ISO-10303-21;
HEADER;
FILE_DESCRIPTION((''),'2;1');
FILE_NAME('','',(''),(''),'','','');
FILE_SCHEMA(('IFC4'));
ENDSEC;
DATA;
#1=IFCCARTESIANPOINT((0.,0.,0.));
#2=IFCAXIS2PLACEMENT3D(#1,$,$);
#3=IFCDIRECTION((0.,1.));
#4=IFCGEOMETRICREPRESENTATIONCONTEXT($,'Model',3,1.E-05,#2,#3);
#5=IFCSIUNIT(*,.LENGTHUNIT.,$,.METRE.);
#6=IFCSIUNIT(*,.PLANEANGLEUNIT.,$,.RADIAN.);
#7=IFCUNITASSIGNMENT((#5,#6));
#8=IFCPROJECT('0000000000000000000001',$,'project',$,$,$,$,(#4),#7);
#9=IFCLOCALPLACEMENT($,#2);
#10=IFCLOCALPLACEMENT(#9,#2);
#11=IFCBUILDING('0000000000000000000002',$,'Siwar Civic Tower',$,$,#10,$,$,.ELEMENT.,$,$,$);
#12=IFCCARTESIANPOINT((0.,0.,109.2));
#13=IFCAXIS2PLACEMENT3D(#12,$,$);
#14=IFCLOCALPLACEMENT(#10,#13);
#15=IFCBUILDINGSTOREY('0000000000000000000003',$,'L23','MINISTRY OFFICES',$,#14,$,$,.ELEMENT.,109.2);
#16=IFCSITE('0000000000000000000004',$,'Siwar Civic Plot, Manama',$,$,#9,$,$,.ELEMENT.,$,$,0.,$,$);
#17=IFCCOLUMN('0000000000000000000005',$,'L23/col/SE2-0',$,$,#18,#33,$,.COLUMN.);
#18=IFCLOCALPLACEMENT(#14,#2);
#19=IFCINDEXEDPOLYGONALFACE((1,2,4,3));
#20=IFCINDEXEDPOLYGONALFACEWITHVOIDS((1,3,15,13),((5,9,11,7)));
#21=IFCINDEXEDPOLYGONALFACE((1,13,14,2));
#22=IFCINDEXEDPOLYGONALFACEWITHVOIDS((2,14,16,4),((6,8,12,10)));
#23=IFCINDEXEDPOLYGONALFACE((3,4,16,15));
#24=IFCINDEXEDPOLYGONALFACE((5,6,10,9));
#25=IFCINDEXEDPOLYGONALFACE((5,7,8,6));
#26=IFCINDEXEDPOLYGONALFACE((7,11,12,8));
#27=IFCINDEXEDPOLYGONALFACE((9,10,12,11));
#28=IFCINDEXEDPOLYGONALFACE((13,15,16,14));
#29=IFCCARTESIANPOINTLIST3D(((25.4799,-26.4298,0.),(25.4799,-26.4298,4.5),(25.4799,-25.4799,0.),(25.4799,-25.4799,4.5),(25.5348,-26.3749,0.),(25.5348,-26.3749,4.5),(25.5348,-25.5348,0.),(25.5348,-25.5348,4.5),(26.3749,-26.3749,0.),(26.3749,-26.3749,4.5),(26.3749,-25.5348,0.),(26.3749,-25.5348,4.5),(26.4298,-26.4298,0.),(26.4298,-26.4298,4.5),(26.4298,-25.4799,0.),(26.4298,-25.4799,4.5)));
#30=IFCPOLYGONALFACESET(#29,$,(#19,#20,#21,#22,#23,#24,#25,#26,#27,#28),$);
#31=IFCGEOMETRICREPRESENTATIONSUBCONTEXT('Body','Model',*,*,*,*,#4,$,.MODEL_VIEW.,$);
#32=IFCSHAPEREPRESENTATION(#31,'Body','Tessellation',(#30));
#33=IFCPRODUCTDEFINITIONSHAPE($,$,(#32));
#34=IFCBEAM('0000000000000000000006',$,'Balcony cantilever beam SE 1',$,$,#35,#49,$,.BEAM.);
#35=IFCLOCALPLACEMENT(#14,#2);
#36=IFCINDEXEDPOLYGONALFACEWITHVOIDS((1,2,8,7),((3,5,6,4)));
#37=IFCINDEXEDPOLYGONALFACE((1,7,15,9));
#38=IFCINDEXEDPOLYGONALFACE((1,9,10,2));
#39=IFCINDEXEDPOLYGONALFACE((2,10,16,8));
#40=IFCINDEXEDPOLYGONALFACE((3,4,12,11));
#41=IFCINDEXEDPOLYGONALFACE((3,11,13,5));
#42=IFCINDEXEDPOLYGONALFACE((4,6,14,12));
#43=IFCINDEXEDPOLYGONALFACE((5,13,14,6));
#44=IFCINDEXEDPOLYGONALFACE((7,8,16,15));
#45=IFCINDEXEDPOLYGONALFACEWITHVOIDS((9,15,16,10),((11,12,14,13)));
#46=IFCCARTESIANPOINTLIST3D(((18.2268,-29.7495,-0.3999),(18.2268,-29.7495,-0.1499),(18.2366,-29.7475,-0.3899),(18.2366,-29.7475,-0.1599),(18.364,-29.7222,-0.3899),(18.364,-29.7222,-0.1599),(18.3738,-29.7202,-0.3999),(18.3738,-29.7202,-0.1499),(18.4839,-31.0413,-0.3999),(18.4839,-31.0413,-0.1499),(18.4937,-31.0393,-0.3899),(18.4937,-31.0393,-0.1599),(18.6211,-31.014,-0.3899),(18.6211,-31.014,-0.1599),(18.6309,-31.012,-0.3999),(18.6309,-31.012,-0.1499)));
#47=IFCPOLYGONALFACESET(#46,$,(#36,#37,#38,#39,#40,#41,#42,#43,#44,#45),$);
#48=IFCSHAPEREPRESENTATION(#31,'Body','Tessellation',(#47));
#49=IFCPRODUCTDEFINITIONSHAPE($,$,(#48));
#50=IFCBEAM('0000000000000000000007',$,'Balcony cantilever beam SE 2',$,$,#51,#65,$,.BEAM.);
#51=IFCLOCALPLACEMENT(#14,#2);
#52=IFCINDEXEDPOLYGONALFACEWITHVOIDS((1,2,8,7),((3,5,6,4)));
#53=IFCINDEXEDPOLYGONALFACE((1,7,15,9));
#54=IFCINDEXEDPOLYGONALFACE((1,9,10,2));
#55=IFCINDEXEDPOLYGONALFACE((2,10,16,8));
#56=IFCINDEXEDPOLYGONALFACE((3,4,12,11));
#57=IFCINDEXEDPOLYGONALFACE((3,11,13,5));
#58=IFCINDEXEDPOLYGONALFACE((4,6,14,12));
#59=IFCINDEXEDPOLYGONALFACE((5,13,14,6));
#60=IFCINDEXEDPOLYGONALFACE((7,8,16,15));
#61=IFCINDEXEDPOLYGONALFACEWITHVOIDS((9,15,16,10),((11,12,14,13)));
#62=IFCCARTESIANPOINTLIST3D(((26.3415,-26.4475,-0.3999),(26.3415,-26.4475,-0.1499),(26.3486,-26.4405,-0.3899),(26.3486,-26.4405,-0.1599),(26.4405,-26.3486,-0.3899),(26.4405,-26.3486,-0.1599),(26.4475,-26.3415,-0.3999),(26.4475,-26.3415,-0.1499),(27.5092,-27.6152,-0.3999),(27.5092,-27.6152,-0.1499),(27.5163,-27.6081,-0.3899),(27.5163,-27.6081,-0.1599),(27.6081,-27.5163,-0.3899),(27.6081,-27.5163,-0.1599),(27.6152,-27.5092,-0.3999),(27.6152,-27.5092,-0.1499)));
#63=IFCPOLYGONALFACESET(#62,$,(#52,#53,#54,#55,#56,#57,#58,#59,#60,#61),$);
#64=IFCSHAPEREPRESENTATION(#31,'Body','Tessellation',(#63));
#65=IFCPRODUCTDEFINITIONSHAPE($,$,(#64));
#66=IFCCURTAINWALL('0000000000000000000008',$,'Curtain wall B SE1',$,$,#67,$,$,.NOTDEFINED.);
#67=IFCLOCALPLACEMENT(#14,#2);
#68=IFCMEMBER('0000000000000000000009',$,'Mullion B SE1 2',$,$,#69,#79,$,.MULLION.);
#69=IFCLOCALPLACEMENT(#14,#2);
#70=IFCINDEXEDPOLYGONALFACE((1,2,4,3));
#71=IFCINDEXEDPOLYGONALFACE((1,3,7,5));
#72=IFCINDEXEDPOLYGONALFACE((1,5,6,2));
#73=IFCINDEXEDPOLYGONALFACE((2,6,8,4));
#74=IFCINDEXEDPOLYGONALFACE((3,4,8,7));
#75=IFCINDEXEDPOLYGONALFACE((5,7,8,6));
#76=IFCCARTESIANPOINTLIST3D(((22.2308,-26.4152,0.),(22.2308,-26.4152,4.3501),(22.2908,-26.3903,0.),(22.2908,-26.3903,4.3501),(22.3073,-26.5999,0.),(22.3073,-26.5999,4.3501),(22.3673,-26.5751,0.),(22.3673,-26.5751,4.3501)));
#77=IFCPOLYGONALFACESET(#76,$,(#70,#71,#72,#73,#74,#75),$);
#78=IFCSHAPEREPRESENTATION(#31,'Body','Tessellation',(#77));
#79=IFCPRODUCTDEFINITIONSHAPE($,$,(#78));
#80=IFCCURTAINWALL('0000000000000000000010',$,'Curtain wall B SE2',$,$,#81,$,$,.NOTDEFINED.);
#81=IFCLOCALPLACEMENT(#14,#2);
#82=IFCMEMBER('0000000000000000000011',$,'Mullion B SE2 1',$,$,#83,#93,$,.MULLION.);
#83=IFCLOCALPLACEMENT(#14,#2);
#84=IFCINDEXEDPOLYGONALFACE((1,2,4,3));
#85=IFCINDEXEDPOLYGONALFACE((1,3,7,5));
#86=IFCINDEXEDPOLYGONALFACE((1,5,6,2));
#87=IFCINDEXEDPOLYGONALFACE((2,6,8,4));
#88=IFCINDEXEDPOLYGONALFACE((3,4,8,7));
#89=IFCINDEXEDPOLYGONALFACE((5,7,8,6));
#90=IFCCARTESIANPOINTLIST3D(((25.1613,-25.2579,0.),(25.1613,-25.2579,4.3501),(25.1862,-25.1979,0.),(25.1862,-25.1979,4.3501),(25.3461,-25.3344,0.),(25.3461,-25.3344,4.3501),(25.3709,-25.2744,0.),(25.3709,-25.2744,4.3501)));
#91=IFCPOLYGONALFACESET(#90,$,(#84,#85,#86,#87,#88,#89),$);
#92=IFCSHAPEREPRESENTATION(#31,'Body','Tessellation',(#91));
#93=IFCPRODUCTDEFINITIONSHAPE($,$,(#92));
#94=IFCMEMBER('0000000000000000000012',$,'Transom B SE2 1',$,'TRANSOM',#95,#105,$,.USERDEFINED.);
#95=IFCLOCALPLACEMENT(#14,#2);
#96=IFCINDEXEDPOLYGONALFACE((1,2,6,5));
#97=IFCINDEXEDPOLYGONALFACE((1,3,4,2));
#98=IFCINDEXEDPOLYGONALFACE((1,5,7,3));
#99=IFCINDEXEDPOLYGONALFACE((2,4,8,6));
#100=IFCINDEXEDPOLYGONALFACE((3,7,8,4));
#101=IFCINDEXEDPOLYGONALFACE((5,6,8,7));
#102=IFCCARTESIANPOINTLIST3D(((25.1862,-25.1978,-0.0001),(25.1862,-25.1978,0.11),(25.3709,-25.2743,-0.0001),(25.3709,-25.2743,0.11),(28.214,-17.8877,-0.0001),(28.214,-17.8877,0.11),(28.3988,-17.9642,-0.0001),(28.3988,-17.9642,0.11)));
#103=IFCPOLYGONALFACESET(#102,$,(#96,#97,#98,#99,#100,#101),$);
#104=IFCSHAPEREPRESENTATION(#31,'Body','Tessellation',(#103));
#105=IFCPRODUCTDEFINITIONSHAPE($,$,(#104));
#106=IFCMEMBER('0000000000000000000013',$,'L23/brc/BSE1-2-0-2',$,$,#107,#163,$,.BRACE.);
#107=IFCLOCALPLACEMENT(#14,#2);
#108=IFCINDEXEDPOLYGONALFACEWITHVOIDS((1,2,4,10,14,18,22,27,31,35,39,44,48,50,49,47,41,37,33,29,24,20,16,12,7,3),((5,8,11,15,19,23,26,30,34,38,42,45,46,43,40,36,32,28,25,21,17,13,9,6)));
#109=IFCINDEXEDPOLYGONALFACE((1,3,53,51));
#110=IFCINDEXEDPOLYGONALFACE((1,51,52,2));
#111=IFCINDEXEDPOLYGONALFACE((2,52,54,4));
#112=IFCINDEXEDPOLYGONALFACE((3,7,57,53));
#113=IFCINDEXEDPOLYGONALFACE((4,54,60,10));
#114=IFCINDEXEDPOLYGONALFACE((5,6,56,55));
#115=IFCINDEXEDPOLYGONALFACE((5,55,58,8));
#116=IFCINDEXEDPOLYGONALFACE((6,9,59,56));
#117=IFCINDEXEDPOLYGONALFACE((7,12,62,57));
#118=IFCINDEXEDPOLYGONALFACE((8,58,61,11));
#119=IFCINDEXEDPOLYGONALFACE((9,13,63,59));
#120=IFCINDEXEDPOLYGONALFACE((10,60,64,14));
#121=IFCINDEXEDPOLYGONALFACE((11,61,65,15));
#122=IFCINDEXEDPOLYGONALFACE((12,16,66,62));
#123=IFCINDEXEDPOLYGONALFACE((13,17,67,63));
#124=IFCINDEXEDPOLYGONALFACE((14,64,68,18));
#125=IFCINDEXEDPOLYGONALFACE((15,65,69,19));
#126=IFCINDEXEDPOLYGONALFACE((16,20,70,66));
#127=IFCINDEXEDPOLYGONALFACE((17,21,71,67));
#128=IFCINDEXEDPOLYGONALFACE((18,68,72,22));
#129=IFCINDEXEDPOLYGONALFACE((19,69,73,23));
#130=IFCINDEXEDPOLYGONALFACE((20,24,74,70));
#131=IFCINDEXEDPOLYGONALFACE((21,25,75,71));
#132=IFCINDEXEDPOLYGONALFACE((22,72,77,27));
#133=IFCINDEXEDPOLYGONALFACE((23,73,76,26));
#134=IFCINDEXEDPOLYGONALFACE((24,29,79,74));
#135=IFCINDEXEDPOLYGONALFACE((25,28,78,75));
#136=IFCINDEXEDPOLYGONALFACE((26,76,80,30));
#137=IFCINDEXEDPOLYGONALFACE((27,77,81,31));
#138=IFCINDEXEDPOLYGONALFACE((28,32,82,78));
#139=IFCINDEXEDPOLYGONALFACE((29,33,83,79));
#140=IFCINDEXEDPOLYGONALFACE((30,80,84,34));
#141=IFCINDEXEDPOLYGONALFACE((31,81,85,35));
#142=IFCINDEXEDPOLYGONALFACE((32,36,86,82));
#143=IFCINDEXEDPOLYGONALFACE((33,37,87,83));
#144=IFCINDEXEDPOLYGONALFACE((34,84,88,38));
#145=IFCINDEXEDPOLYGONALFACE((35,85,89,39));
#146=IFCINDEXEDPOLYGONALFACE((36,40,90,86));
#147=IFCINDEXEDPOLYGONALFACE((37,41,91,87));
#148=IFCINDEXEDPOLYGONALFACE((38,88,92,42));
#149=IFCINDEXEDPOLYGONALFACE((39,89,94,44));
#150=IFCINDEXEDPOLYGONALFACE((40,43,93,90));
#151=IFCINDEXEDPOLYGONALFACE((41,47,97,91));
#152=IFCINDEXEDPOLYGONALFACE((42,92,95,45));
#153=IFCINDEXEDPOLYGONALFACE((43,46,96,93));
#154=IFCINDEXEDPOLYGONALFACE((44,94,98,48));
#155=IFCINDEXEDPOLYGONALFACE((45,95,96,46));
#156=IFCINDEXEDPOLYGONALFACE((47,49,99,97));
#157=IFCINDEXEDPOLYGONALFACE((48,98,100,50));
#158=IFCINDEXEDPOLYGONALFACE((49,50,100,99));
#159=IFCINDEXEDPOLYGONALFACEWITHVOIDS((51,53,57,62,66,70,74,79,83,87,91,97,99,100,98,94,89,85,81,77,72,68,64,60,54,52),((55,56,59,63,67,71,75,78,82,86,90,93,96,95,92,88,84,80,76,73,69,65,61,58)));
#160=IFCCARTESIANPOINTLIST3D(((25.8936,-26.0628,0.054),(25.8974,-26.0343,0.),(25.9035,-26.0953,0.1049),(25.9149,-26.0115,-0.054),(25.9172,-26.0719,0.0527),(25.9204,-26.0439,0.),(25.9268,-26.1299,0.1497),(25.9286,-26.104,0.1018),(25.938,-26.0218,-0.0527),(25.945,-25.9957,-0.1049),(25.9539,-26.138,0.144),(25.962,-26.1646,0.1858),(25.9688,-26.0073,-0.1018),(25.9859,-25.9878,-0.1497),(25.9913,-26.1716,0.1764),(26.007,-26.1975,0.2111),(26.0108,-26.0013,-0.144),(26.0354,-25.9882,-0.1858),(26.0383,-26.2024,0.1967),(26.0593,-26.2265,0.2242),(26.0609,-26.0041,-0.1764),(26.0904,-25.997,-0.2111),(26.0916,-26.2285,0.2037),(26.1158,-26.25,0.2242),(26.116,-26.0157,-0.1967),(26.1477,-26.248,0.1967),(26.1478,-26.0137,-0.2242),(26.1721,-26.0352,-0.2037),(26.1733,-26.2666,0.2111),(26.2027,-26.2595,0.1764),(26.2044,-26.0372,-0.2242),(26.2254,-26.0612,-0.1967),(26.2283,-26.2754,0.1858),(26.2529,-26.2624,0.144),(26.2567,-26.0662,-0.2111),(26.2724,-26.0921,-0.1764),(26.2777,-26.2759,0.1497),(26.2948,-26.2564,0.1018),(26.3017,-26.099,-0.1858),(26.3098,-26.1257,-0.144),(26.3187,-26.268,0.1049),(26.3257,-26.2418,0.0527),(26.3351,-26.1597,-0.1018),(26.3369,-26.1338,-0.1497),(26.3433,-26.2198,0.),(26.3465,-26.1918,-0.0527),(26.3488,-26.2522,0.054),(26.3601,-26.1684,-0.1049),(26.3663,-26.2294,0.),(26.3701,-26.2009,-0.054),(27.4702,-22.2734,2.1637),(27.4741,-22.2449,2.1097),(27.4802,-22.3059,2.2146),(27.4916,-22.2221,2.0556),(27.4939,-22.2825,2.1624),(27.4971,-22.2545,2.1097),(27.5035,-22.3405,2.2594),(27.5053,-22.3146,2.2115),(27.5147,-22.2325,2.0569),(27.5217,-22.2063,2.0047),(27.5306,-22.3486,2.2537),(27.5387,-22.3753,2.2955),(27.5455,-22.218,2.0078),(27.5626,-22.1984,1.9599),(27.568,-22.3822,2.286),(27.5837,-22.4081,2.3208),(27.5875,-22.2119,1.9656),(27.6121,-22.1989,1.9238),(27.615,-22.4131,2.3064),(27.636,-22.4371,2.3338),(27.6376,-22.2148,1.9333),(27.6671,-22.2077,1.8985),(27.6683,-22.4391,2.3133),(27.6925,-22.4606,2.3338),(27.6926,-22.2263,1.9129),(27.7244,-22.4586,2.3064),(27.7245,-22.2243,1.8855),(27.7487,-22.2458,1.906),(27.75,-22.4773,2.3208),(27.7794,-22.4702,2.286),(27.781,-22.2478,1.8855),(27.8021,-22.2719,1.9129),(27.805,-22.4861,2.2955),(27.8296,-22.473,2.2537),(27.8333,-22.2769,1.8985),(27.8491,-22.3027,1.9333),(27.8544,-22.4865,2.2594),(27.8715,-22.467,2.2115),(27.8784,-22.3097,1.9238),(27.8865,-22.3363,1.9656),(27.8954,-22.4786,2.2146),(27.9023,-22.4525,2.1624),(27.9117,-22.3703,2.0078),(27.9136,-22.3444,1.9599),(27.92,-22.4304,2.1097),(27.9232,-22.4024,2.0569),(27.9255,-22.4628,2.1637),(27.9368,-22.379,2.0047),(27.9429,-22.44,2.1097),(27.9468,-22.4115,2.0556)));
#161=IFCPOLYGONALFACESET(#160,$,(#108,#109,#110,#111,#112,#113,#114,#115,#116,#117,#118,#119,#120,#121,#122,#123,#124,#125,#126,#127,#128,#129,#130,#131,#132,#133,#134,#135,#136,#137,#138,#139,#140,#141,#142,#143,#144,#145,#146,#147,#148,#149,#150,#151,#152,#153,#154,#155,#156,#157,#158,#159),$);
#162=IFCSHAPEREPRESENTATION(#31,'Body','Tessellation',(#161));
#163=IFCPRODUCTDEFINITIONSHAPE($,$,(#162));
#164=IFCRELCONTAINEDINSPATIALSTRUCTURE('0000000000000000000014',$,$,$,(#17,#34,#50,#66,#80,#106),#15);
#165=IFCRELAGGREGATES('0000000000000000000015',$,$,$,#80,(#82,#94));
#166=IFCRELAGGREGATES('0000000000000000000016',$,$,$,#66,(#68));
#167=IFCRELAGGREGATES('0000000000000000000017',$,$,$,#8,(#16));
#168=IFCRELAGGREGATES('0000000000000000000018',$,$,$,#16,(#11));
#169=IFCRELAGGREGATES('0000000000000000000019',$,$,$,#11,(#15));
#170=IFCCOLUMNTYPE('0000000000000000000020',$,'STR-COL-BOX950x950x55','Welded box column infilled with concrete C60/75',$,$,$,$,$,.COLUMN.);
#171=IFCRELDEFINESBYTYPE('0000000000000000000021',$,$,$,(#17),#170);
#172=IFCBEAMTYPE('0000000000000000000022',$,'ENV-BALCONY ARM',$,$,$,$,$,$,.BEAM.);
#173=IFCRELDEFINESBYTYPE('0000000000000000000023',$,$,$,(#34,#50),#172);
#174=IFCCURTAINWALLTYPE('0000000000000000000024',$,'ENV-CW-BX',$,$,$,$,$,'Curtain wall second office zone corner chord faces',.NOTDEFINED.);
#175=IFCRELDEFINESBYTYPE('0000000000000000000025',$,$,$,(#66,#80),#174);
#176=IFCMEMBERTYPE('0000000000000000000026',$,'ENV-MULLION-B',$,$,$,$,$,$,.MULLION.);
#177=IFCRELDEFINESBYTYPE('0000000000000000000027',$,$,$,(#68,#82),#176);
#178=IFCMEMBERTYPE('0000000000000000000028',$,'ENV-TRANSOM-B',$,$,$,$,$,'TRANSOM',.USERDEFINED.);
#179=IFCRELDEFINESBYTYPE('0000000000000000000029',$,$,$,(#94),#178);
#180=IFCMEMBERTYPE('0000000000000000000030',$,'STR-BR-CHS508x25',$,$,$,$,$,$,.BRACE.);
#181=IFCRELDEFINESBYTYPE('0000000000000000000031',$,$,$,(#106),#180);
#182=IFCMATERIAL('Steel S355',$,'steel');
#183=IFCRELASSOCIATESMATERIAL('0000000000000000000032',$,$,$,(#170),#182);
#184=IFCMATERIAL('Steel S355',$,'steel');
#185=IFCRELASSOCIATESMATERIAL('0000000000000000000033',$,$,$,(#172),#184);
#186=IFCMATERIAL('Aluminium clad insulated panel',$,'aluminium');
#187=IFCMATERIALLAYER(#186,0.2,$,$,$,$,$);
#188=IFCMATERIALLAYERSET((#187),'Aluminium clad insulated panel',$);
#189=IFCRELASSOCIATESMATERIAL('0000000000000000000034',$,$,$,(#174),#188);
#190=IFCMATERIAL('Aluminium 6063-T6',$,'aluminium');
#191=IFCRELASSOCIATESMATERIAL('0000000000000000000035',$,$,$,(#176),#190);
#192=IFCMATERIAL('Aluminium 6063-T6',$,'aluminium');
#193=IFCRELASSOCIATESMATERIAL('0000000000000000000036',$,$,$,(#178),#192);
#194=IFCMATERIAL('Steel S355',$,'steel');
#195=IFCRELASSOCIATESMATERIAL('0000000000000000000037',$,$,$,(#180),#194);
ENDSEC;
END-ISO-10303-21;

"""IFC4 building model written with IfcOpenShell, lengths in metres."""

from ifc_helpers import new_model, si_unit, direction, frame, origin, origin_2d, place, context, subcontext, project, spatial, rectangle, hollow_rectangle, hollow_circle, extrude, material, layer, layer_set, material_profile, profile_set, type_object, element, aggregate, save


model = new_model("IFC4")

# Units and contexts
model_context = context("Model", 3, precision=1e-05, world=origin(), true_north=direction((0.0, 1.0)))
body_context = subcontext(model_context, "Body", "Model", "MODEL_VIEW")
ifc_project = project(units=[si_unit("LENGTHUNIT", "METRE"), si_unit("PLANEANGLEUNIT", "RADIAN")], contexts=[model_context])

# Site, building, storey
site_placement = place(None, origin())
site = spatial("IfcSite", under=ifc_project, at=site_placement, Name="Siwar Civic Plot, Manama", CompositionType="ELEMENT", RefElevation=0.0)
building_placement = place(site_placement, origin())
building = spatial("IfcBuilding", under=site, at=building_placement, Name="Siwar Civic Tower", CompositionType="ELEMENT")
storey_placement = place(building_placement, frame((0.0, 0.0, 109.2)))
storey = spatial("IfcBuildingStorey", under=building, at=storey_placement, Name="L23", Description="MINISTRY OFFICES", CompositionType="ELEMENT", Elevation=109.2)

# Column
ifc_material_1 = material(Name="Steel S355", Category="steel")
ifc_material_profile_1 = material_profile(ifc_material_1, hollow_rectangle(XDim=0.95, YDim=0.95, WallThickness=0.0549, at=origin_2d()), Name="BOX950x950x55")
ifc_profile_set_1 = profile_set([ifc_material_profile_1], Name="Steel S355")
column_type = type_object("IfcColumnType", Name="STR-COL-BOX950x950x55", Description="Welded box column infilled with concrete C60/75", PredefinedType="COLUMN", material=ifc_profile_set_1)
column_placement = place(storey_placement, frame((25.9548, -25.9548, 0.0), z_axis=(0.0, 0.0, 1.0), x_axis=(1.0, 0.0, 0.0)))
element("IfcColumn", 1, at=column_placement, inside=storey, type_object=column_type, Name="L23/col/SE2-0", PredefinedType="COLUMN", context=body_context, shape_type="SweptSolid", body=[
    extrude(hollow_rectangle(XDim=0.95, YDim=0.95, WallThickness=0.0549, at=origin_2d()), origin(), (0.0, 0.0, 1.0), 4.5),
])

# Beams
ifc_material_2 = material(Name="Steel S355", Category="steel")
ifc_material_profile_2 = material_profile(ifc_material_2, hollow_rectangle(XDim=0.1499, YDim=0.25, WallThickness=0.01, at=origin_2d()), Name="RHS250x150x10")
ifc_profile_set_2 = profile_set([ifc_material_profile_2], Name="Steel S355")
beam_type_1 = type_object("IfcBeamType", Name="ENV-BALCONY ARM", PredefinedType="BEAM", material=ifc_profile_set_2)
beam_1_placement = place(storey_placement, frame((18.3003, -29.7349, -0.2749), z_axis=(0.195189, -0.980766, 0.0), x_axis=(0.980766, 0.195189, 0.0)))
element("IfcBeam", 2, at=beam_1_placement, inside=storey, type_object=beam_type_1, Name="Balcony cantilever beam SE 1", PredefinedType="BEAM", context=body_context, shape_type="SweptSolid", body=[
    extrude(hollow_rectangle(XDim=0.1499, YDim=0.25, WallThickness=0.01, at=origin_2d()), origin(), (0.0, 0.0, 1.0), 1.3171),
])
beam_2_placement = place(storey_placement, frame((26.3945, -26.3945, -0.2749), z_axis=(0.707107, -0.707107, 0.0), x_axis=(0.707107, 0.707107, 0.0)))
element("IfcBeam", 3, at=beam_2_placement, inside=storey, type_object=beam_type_1, Name="Balcony cantilever beam SE 2", PredefinedType="BEAM", context=body_context, shape_type="SweptSolid", body=[
    extrude(hollow_rectangle(XDim=0.1499, YDim=0.25, WallThickness=0.01, at=origin_2d()), origin(), (0.0, 0.0, 1.0), 1.6514),
])

# Curtain wall, member
ifc_material_3 = material(Name="Aluminium clad insulated panel", Category="aluminium")
ifc_layer_1 = layer(ifc_material_3, 0.2)
ifc_layer_set_1 = layer_set([ifc_layer_1], Name="Aluminium clad insulated panel")
curtain_wall_type = type_object("IfcCurtainWallType", Name="ENV-CW-BX", ElementType="Curtain wall second office zone corner chord faces", PredefinedType="NOTDEFINED", material=ifc_layer_set_1)
curtain_wall_1_placement = place(storey_placement, origin())
curtain_wall_1 = element("IfcCurtainWall", 4, at=curtain_wall_1_placement, inside=storey, type_object=curtain_wall_type, Name="Curtain wall B SE1", PredefinedType="NOTDEFINED")
ifc_material_4 = material(Name="Aluminium 6063-T6", Category="aluminium")
ifc_material_profile_3 = material_profile(ifc_material_4, rectangle(XDim=0.2, YDim=0.0649, at=origin_2d()), Name="AL 200x65")
ifc_profile_set_3 = profile_set([ifc_material_profile_3], Name="Aluminium 6063-T6")
member_type_1 = type_object("IfcMemberType", Name="ENV-MULLION-B", PredefinedType="MULLION", material=ifc_profile_set_3)
member_1_placement = place(storey_placement, frame((22.2991, -26.4951, 0.0), z_axis=(0.0, 0.0, 1.0), x_axis=(-0.382683, 0.92388, 0.0)))
member_1 = element("IfcMember", 5, at=member_1_placement, type_object=member_type_1, Name="Mullion B SE1 2", PredefinedType="MULLION", context=body_context, shape_type="SweptSolid", body=[
    extrude(rectangle(XDim=0.2, YDim=0.0649, at=origin_2d()), origin(), (0.0, 0.0, 1.0), 4.3501),
])

# Curtain wall, members
curtain_wall_2_placement = place(storey_placement, origin())
curtain_wall_2 = element("IfcCurtainWall", 6, at=curtain_wall_2_placement, inside=storey, type_object=curtain_wall_type, Name="Curtain wall B SE2", PredefinedType="NOTDEFINED")
member_2_placement = place(storey_placement, frame((25.2661, -25.2661, 0.0), z_axis=(0.0, 0.0, 1.0), x_axis=(-0.92388, 0.382683, 0.0)))
member_2 = element("IfcMember", 7, at=member_2_placement, type_object=member_type_1, Name="Mullion B SE2 1", PredefinedType="MULLION", context=body_context, shape_type="SweptSolid", body=[
    extrude(rectangle(XDim=0.2, YDim=0.0649, at=origin_2d()), origin(), (0.0, 0.0, 1.0), 4.3501),
])
ifc_material_5 = material(Name="Aluminium 6063-T6", Category="aluminium")
ifc_material_profile_4 = material_profile(ifc_material_5, rectangle(XDim=0.2, YDim=0.1101, at=origin_2d()), Name="AL 200x110")
ifc_profile_set_4 = profile_set([ifc_material_profile_4], Name="Aluminium 6063-T6")
member_type_2 = type_object("IfcMemberType", Name="ENV-TRANSOM-B", ElementType="TRANSOM", PredefinedType="USERDEFINED", material=ifc_profile_set_4)
member_3_placement = place(storey_placement, frame((25.2786, -25.2361, 0.0549), z_axis=(0.382673, 0.923884, 0.0), x_axis=(-0.923884, 0.382673, 0.0)))
member_3 = element("IfcMember", 8, at=member_3_placement, type_object=member_type_2, Name="Transom B SE2 1", ObjectType="TRANSOM", PredefinedType="USERDEFINED", context=body_context, shape_type="SweptSolid", body=[
    extrude(rectangle(XDim=0.2, YDim=0.1101, at=origin_2d()), origin(), (0.0, 0.0, 1.0), 7.9124),
])
aggregate(curtain_wall_2, [member_2, member_3])

# Member
ifc_material_6 = material(Name="Steel S355", Category="steel")
ifc_material_profile_5 = material_profile(ifc_material_6, hollow_circle(Radius=0.2539, WallThickness=0.0249, at=origin_2d()), Name="CHS508x25")
ifc_profile_set_5 = profile_set([ifc_material_profile_5], Name="Steel S355")
member_type_3 = type_object("IfcMemberType", Name="STR-BR-CHS508x25", PredefinedType="BRACE", material=ifc_profile_set_5)
member_4_placement = place(storey_placement, frame((26.1318, -26.1318, 0.0), z_axis=(0.341662, 0.821143, 0.457155), x_axis=(-0.923269, 0.384155, 0.0)))
element("IfcMember", 9, at=member_4_placement, inside=storey, type_object=member_type_3, Name="L23/brc/BSE1-2-0-2", PredefinedType="BRACE", context=body_context, shape_type="SweptSolid", body=[
    extrude(hollow_circle(Radius=0.2539, WallThickness=0.0249, at=origin_2d()), origin(), (0.0, 0.0, 1.0), 4.6147),
])

aggregate(curtain_wall_1, [member_1])

save(model, "model.ifc")
